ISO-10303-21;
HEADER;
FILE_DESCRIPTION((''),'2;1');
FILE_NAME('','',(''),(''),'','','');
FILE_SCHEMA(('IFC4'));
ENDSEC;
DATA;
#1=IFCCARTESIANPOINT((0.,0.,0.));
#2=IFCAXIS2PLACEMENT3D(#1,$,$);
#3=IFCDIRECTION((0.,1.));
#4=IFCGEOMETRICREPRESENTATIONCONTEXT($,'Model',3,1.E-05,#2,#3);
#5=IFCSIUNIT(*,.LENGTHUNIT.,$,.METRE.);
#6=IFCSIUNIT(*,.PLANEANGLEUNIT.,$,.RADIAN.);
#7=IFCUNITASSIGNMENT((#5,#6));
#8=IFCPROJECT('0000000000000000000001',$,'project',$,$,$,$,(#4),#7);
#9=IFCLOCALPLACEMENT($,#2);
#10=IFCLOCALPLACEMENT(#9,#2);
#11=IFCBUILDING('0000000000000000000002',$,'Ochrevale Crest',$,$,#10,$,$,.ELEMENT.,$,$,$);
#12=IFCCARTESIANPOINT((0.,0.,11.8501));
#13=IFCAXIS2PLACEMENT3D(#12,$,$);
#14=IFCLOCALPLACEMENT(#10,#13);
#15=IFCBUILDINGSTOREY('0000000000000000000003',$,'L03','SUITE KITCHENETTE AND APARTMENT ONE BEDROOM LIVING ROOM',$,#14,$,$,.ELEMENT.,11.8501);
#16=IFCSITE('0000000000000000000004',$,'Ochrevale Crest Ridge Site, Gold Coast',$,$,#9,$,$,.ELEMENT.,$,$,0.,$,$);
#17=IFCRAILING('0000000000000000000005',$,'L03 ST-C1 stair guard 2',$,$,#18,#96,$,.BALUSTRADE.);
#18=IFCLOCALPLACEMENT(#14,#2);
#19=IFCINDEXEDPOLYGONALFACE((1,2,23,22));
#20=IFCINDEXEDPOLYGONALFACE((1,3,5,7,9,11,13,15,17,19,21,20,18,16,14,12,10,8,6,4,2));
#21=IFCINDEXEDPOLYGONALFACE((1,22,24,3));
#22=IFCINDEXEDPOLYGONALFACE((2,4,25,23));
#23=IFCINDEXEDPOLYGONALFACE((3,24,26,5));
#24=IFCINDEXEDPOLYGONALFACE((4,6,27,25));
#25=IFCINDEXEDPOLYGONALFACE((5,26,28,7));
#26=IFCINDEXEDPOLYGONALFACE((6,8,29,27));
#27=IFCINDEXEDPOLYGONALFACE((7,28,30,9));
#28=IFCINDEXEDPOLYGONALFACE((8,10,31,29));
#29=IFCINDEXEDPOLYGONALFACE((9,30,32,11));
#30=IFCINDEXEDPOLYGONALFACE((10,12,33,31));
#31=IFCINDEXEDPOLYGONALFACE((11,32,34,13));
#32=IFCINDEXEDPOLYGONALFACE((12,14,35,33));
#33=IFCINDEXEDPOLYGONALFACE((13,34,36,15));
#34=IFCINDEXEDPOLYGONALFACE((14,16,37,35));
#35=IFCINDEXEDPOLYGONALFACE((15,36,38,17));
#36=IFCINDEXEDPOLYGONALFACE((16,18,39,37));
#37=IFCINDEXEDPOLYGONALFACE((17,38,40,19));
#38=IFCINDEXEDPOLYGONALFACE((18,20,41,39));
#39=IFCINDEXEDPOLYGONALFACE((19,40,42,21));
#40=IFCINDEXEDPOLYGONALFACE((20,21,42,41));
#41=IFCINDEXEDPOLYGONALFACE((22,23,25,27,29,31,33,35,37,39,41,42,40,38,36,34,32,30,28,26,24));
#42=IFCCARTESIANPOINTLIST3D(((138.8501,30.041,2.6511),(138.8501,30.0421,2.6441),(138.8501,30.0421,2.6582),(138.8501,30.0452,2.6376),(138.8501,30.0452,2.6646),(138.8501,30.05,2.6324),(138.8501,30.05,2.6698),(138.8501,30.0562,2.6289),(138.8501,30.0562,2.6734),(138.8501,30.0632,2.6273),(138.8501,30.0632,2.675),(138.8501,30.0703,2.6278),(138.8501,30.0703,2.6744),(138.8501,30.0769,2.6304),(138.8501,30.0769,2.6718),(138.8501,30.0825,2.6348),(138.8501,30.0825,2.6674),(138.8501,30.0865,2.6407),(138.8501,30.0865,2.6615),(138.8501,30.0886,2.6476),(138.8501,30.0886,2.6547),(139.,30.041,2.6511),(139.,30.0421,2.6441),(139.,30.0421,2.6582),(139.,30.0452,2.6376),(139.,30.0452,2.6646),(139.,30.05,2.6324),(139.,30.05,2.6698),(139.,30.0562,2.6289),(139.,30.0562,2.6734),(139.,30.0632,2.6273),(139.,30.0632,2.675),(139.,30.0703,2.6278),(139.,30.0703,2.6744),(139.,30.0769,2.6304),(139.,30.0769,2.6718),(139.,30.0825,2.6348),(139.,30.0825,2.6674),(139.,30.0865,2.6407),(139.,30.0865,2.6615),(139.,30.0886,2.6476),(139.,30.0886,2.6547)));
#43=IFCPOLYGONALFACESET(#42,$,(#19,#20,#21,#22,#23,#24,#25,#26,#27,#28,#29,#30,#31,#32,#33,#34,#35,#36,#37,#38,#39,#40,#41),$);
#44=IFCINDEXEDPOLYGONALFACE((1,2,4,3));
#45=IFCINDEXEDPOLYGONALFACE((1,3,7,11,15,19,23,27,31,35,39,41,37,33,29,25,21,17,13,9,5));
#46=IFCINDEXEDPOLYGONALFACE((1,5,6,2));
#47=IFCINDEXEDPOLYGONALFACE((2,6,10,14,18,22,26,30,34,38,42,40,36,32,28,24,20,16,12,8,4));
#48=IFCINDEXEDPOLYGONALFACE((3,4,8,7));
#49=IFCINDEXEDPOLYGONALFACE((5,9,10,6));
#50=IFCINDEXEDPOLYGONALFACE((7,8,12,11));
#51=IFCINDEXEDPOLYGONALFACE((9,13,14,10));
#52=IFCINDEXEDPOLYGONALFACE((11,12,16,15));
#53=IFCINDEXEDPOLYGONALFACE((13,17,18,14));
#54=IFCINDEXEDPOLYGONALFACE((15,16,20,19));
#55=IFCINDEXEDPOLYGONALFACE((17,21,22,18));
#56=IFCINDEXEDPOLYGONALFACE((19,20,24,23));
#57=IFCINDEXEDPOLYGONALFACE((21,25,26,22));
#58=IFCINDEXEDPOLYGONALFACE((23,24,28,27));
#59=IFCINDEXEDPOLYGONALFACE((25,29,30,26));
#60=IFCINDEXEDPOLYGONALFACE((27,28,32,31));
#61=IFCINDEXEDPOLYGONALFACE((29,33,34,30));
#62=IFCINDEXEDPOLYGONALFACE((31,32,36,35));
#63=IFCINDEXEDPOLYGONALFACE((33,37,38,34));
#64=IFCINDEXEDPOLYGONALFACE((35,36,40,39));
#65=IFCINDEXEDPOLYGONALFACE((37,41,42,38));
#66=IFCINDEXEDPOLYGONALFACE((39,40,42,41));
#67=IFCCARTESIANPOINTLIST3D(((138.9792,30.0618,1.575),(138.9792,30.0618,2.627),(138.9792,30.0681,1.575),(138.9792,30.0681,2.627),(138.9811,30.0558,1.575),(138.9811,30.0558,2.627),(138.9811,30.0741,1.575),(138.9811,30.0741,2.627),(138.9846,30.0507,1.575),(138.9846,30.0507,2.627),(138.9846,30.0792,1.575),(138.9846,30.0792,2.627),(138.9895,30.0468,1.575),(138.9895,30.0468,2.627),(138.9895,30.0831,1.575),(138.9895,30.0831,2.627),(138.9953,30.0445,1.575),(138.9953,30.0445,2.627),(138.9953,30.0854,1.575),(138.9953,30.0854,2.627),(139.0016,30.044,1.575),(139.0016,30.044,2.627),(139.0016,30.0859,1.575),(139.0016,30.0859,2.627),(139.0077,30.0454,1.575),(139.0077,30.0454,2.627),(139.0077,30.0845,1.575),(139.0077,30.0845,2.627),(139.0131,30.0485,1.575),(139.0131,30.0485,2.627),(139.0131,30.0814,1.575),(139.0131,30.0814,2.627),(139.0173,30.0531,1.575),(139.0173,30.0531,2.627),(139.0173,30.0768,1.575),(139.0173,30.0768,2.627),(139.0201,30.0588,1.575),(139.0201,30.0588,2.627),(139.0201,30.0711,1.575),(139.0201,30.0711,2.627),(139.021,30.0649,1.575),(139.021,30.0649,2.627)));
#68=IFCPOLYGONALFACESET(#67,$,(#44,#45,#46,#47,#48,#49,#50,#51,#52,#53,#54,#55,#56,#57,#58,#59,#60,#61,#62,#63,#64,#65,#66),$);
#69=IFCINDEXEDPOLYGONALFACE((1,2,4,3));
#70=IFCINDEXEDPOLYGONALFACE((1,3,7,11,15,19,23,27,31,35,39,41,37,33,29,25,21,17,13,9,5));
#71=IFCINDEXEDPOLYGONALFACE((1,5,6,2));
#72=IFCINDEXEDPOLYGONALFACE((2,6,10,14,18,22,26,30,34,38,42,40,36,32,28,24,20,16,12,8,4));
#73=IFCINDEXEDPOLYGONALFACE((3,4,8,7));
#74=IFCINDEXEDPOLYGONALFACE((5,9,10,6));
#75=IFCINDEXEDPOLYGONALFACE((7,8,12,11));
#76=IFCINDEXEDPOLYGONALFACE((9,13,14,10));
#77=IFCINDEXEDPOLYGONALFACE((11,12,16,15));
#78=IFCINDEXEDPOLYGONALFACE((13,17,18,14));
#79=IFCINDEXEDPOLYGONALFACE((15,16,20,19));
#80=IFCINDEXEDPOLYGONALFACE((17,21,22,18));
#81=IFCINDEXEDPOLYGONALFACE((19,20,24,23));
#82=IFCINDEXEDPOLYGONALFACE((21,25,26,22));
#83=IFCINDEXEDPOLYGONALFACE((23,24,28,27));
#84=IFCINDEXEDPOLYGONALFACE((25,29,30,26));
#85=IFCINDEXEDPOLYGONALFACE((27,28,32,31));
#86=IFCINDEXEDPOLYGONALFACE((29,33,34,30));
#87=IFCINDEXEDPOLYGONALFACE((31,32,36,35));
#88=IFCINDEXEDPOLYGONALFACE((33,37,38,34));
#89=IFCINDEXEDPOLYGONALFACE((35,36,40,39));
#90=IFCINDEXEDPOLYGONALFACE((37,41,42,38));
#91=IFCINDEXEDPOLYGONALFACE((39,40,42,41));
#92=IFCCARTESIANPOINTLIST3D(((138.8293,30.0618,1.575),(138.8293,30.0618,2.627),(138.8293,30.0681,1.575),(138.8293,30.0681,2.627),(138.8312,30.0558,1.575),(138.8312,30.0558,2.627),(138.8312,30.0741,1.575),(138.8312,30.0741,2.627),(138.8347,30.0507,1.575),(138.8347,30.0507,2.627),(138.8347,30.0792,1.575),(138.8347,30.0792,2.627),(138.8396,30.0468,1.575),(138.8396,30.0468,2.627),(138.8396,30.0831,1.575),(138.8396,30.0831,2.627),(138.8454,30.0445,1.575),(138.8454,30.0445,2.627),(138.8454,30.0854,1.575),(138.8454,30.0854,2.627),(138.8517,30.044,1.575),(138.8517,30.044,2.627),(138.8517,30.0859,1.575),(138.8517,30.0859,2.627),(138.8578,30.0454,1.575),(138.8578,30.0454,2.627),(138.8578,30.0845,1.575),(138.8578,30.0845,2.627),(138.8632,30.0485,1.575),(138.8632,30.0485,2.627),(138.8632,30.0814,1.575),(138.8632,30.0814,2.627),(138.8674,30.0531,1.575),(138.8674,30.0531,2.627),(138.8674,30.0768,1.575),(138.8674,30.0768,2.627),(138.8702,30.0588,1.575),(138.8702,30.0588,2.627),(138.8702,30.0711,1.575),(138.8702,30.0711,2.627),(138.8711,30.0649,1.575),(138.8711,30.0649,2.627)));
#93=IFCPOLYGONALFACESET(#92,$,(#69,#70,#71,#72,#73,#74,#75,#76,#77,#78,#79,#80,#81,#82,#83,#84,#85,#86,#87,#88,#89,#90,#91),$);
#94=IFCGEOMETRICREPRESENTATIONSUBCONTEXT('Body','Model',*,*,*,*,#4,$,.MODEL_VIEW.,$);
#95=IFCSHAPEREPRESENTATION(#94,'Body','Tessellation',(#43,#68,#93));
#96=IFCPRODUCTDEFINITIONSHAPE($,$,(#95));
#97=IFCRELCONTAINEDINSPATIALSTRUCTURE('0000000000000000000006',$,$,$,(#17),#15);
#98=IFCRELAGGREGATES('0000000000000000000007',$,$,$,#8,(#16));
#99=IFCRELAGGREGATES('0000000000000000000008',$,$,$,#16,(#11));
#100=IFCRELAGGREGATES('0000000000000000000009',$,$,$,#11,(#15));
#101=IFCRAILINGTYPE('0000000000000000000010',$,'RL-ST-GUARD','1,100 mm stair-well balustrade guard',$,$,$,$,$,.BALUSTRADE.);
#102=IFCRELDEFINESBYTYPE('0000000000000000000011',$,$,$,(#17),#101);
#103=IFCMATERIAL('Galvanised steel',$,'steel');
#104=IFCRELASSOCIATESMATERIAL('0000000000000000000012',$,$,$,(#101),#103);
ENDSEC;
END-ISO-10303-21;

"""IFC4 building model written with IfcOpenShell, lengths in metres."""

from ifc_helpers import new_model, si_unit, direction, frame, origin, origin_2d, place, context, subcontext, project, spatial, circle, extrude, material, type_object, element, save


model = new_model("IFC4")

# Units and contexts
model_context = context("Model", 3, precision=1e-05, world=origin(), true_north=direction((0.0, 1.0)))
body_context = subcontext(model_context, "Body", "Model", "MODEL_VIEW")
ifc_project = project(units=[si_unit("LENGTHUNIT", "METRE"), si_unit("PLANEANGLEUNIT", "RADIAN")], contexts=[model_context])

# Site, building, storey
site_placement = place(None, origin())
site = spatial("IfcSite", under=ifc_project, at=site_placement, Name="Ochrevale Crest Ridge Site, Gold Coast", CompositionType="ELEMENT", RefElevation=0.0)
building_placement = place(site_placement, origin())
building = spatial("IfcBuilding", under=site, at=building_placement, Name="Ochrevale Crest", CompositionType="ELEMENT")
storey_placement = place(building_placement, frame((0.0, 0.0, 11.8501)))
storey = spatial("IfcBuildingStorey", under=building, at=storey_placement, Name="L03", Description="SUITE KITCHENETTE AND APARTMENT ONE BEDROOM LIVING ROOM", CompositionType="ELEMENT", Elevation=11.8501)

# Railing
ifc_material_1 = material(Name="Galvanised steel", Category="steel")
railing_type_1 = type_object("IfcRailingType", Name="RL-ST-GUARD", Description="1,100 mm stair-well balustrade guard", PredefinedType="BALUSTRADE", material=ifc_material_1)
railing_1_placement = place(storey_placement, frame((139.0, 30.0649, 1.575)))
element("IfcRailing", 1, at=railing_1_placement, inside=storey, type_object=railing_type_1, Name="L03 ST-C1 stair guard 2", PredefinedType="BALUSTRADE", context=body_context, shape_type="SweptSolid", body=[
    extrude(circle(Radius=0.0239, at=origin_2d()), frame((0.0, 0.0, 1.0762), z_axis=(-1.0, 0.0, 0.0), x_axis=(0.0, -1.0, 0.0)), (0.0, 0.0, 1.0), 0.1499),
    extrude(circle(Radius=0.021, at=origin_2d()), origin(), (0.0, 0.0, 1.0), 1.052),
    extrude(circle(Radius=0.021, at=origin_2d()), frame((-0.1499, 0.0, 0.0)), (0.0, 0.0, 1.0), 1.052),
])

save(model, "model.ifc")
